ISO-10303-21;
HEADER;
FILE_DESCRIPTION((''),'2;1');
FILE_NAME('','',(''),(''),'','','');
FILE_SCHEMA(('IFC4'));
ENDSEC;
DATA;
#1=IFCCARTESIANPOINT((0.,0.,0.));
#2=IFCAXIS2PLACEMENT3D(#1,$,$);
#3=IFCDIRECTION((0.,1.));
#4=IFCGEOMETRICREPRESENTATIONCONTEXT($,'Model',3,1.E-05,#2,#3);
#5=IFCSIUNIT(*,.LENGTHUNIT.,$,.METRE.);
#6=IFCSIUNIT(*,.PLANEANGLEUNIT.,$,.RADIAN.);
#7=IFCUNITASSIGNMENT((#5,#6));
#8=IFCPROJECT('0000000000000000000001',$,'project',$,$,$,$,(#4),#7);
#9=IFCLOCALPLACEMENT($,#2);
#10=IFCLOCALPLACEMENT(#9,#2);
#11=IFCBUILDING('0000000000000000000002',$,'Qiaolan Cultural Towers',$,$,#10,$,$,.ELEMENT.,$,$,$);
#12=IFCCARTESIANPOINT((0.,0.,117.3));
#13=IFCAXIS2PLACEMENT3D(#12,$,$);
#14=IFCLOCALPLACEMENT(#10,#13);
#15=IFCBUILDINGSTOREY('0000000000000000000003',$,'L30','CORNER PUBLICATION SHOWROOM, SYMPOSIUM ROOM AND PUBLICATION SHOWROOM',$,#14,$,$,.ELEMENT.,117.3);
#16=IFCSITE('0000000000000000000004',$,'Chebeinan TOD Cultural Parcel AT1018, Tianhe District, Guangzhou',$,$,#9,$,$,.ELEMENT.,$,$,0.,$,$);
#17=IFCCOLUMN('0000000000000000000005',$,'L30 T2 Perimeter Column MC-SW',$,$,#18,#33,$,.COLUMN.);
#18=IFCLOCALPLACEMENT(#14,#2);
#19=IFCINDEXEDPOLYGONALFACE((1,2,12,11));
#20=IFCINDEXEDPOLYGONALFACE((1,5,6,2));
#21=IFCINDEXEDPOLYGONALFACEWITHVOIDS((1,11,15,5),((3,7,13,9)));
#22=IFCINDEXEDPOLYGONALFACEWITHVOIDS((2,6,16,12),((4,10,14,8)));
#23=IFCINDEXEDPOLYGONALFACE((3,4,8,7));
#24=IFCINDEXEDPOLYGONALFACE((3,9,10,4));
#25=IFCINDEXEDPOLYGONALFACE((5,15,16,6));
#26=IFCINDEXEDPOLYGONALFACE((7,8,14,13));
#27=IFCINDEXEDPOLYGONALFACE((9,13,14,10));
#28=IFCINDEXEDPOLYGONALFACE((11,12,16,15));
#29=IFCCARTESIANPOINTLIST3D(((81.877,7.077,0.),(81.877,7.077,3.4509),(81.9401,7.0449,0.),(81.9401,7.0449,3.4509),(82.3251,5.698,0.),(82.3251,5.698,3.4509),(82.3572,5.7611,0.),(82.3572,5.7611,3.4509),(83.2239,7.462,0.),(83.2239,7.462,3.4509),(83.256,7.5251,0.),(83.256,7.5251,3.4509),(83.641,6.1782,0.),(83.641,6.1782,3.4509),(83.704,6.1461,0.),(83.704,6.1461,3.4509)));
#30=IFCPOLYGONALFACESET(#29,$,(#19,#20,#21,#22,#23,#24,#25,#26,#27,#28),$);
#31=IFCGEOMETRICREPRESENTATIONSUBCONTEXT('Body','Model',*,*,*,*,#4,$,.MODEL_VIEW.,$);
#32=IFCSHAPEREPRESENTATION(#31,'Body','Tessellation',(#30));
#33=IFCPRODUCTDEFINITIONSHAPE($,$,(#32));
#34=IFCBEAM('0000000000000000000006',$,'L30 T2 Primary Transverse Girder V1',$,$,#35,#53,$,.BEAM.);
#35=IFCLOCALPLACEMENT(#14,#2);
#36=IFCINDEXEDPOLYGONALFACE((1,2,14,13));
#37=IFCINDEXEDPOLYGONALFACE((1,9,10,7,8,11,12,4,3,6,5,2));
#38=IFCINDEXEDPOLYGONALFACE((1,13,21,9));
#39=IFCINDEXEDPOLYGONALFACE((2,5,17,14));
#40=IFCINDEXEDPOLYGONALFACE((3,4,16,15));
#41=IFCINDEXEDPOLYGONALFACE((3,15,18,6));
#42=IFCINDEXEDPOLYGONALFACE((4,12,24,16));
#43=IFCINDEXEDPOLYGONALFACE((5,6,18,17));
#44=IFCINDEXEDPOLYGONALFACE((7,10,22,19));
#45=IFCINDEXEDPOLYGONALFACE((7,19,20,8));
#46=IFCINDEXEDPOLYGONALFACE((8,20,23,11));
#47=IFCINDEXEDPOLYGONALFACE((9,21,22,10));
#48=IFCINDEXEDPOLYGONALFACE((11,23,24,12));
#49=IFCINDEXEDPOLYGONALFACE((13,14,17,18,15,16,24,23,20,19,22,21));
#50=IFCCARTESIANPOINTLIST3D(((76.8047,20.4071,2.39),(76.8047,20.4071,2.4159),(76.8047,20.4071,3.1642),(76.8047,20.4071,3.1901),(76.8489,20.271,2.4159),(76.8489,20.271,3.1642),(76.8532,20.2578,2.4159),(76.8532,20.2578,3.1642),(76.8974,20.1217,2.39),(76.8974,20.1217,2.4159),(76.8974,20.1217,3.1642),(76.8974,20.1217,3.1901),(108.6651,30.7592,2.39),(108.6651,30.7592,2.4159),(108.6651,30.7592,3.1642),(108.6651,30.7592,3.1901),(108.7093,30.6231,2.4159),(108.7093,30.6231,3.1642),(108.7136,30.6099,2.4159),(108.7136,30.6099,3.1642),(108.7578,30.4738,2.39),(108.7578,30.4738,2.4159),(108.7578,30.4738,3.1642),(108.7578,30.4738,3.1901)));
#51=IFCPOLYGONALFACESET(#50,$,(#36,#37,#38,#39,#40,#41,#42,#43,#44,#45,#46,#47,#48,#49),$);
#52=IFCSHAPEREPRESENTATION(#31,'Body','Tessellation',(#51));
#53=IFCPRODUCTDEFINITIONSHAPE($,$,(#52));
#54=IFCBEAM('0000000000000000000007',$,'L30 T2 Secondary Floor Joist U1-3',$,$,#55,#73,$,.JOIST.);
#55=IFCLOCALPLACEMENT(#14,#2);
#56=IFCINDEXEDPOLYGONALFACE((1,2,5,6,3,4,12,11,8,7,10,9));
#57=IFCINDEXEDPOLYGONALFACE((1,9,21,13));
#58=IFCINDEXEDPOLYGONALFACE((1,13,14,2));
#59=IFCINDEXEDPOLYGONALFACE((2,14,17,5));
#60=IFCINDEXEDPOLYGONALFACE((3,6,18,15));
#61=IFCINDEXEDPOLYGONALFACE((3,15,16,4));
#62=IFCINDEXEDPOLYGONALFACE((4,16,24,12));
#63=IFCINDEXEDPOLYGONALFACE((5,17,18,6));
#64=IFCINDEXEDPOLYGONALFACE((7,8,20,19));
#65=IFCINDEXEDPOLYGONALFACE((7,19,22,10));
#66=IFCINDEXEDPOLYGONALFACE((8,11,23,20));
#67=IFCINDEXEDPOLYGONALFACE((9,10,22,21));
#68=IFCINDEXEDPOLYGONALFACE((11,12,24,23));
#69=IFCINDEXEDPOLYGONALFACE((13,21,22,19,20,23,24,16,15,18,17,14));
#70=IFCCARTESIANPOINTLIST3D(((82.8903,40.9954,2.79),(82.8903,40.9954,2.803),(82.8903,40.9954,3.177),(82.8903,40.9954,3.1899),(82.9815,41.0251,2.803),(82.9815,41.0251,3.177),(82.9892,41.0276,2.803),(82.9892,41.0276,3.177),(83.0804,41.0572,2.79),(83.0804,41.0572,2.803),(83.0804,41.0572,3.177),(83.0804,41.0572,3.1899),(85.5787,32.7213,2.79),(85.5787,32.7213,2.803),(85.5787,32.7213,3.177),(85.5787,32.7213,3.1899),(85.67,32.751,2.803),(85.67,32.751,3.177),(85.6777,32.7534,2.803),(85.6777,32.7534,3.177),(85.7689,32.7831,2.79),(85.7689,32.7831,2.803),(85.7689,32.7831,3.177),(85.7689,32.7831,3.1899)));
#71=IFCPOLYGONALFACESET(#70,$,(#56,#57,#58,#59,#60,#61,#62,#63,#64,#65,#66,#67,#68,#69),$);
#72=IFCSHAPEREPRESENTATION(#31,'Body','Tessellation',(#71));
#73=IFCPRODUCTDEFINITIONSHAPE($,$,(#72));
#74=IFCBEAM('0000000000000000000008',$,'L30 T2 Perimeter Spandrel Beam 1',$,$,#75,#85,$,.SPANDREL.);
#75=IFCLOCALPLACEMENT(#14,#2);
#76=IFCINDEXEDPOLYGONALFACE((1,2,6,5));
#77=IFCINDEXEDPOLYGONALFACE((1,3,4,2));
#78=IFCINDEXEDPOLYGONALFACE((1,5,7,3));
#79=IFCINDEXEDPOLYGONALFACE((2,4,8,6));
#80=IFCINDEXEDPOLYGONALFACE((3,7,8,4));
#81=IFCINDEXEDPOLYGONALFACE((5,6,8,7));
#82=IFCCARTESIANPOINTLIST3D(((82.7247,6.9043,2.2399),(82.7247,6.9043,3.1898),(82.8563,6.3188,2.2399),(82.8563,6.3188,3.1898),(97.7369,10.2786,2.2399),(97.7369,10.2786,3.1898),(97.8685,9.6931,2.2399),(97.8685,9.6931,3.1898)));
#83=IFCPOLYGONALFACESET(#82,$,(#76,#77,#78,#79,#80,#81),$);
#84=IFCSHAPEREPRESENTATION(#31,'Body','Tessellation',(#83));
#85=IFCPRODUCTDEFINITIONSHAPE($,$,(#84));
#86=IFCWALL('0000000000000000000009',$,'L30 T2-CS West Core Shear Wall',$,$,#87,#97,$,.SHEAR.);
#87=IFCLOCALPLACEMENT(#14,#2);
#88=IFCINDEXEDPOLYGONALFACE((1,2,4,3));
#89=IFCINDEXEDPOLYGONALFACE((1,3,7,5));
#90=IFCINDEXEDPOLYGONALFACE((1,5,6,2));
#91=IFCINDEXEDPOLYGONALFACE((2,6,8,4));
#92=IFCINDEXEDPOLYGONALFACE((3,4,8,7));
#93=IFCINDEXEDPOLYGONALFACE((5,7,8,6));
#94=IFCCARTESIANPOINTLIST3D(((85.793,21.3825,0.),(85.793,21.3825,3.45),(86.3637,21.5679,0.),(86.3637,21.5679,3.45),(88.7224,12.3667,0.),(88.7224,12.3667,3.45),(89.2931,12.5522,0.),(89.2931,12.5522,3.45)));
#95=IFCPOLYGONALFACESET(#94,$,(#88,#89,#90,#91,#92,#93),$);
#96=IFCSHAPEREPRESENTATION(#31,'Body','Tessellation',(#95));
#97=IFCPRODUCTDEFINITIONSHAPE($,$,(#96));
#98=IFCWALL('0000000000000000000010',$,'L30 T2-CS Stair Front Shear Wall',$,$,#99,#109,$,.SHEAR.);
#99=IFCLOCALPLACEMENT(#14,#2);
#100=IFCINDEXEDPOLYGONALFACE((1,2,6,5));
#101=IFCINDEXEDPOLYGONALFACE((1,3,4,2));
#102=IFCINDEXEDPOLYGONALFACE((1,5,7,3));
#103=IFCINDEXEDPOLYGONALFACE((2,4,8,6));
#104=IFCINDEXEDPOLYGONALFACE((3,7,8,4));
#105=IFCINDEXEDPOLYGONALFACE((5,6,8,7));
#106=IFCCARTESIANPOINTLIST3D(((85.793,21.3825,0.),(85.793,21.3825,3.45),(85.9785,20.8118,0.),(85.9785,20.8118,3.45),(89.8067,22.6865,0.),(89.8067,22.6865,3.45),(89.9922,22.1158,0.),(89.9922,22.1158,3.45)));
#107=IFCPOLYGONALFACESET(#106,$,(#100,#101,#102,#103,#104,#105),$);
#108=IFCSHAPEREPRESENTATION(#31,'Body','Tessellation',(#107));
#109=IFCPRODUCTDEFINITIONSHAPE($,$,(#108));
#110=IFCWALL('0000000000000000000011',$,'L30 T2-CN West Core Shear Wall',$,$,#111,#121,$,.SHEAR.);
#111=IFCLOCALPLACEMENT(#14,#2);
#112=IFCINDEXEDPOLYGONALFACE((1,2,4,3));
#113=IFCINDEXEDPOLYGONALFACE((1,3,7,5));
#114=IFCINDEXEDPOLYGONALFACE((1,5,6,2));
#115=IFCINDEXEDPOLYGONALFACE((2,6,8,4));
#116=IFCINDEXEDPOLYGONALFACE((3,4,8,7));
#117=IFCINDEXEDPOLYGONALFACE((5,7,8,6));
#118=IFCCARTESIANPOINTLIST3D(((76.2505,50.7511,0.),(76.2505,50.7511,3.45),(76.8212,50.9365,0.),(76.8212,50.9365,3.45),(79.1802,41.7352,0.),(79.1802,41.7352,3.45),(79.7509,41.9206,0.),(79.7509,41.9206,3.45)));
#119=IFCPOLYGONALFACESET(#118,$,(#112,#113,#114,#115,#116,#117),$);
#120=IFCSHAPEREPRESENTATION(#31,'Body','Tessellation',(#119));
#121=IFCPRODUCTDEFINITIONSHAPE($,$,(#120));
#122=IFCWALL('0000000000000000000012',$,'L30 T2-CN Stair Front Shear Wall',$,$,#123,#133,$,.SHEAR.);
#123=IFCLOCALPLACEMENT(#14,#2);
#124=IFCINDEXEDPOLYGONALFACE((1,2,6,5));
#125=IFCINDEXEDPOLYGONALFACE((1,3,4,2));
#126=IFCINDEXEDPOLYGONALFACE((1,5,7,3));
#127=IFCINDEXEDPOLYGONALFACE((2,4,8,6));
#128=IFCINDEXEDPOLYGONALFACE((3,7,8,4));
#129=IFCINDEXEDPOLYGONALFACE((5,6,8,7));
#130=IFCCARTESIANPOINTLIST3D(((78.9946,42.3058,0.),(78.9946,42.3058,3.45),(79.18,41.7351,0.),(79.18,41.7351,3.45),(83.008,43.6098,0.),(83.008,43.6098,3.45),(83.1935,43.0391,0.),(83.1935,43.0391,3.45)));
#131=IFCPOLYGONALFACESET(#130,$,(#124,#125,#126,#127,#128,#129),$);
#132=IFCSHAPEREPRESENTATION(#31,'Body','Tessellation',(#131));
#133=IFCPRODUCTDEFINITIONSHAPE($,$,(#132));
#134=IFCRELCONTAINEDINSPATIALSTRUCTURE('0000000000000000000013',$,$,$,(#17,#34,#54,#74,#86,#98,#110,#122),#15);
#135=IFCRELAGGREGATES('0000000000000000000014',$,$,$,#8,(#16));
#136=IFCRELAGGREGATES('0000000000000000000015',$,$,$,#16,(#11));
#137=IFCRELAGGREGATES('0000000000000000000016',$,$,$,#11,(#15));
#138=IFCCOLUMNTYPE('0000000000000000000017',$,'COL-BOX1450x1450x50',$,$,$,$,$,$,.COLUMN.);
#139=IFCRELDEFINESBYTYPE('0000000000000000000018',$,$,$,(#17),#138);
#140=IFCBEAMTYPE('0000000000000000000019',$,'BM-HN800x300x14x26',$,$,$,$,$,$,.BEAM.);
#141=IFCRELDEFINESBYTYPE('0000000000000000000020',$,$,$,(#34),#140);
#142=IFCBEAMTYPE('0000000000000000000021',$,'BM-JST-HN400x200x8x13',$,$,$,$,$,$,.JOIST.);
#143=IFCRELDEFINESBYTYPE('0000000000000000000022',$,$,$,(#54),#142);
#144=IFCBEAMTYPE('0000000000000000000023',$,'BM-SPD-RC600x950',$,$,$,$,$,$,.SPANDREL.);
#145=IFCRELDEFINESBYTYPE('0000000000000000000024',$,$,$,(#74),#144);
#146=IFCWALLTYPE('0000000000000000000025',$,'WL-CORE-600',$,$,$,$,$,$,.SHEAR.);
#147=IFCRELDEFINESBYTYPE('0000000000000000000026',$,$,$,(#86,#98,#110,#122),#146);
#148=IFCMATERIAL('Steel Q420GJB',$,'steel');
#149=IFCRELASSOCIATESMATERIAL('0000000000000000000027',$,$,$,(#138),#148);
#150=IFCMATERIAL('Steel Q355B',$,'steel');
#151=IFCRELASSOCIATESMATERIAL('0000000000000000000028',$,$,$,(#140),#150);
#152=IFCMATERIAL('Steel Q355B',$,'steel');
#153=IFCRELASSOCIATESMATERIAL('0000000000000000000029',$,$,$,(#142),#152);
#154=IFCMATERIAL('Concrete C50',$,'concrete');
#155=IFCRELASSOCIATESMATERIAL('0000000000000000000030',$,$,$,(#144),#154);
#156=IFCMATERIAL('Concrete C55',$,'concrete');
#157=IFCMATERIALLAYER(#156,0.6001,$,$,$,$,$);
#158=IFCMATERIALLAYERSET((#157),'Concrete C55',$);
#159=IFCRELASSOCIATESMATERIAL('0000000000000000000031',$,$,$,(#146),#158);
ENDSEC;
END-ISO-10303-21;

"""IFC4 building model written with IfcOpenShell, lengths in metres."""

from ifc_helpers import new_model, si_unit, direction, frame, frame_2d, origin, origin_2d, place, context, subcontext, project, spatial, rectangle, hollow_rectangle, i_section, extrude, material, layer, layer_set, material_profile, profile_set, type_object, element, save


model = new_model("IFC4")

# Units and contexts
model_context = context("Model", 3, precision=1e-05, world=origin(), true_north=direction((0.0, 1.0)))
body_context = subcontext(model_context, "Body", "Model", "MODEL_VIEW")
ifc_project = project(units=[si_unit("LENGTHUNIT", "METRE"), si_unit("PLANEANGLEUNIT", "RADIAN")], contexts=[model_context])

# Site, building, storey
site_placement = place(None, origin())
site = spatial("IfcSite", under=ifc_project, at=site_placement, Name="Chebeinan TOD Cultural Parcel AT1018, Tianhe District, Guangzhou", CompositionType="ELEMENT", RefElevation=0.0)
building_placement = place(site_placement, origin())
building = spatial("IfcBuilding", under=site, at=building_placement, Name="Qiaolan Cultural Towers", CompositionType="ELEMENT")
storey_placement = place(building_placement, frame((0.0, 0.0, 117.3)))
storey = spatial("IfcBuildingStorey", under=building, at=storey_placement, Name="L30", Description="CORNER PUBLICATION SHOWROOM, SYMPOSIUM ROOM AND PUBLICATION SHOWROOM", CompositionType="ELEMENT", Elevation=117.3)

# Column
ifc_material_1 = material(Name="Steel Q420GJB", Category="steel")
ifc_material_profile_1 = material_profile(ifc_material_1, hollow_rectangle(XDim=1.45, YDim=1.45, WallThickness=0.05, at=origin_2d()), Name="BOX1450x1450x50")
ifc_profile_set_1 = profile_set([ifc_material_profile_1], Name="Steel Q420GJB")
column_type = type_object("IfcColumnType", Name="COL-BOX1450x1450x50", PredefinedType="COLUMN", material=ifc_profile_set_1)
column_placement = place(storey_placement, frame((82.7905, 6.6116, 0.0), z_axis=(0.0, 0.0, 1.0), x_axis=(0.951057, 0.309017, 0.0)))
element("IfcColumn", 1, at=column_placement, inside=storey, type_object=column_type, Name="L30 T2 Perimeter Column MC-SW", PredefinedType="COLUMN", context=body_context, shape_type="SweptSolid", body=[
    extrude(hollow_rectangle(XDim=1.45, YDim=1.45, WallThickness=0.05, at=origin_2d()), origin(), (0.0, 0.0, 1.0), 3.4509),
])

# Beams
ifc_material_2 = material(Name="Steel Q355B", Category="steel")
ifc_material_profile_2 = material_profile(ifc_material_2, i_section(OverallWidth=0.3, OverallDepth=0.8, WebThickness=0.0139, FlangeThickness=0.0259, at=origin_2d()), Name="HN800x300x14x26")
ifc_profile_set_2 = profile_set([ifc_material_profile_2], Name="Steel Q355B")
beam_type_1 = type_object("IfcBeamType", Name="BM-HN800x300x14x26", PredefinedType="BEAM", material=ifc_profile_set_2)
beam_1_placement = place(storey_placement, frame((76.8511, 20.2644, 2.79), z_axis=(0.951057, 0.309017, 0.0), x_axis=(-0.309017, 0.951057, 0.0)))
element("IfcBeam", 2, at=beam_1_placement, inside=storey, type_object=beam_type_1, Name="L30 T2 Primary Transverse Girder V1", PredefinedType="BEAM", context=body_context, shape_type="SweptSolid", body=[
    extrude(i_section(OverallWidth=0.3, OverallDepth=0.8, WebThickness=0.0139, FlangeThickness=0.0259, at=origin_2d()), origin(), (0.0, 0.0, 1.0), 33.5),
])
ifc_material_3 = material(Name="Steel Q355B", Category="steel")
ifc_material_profile_3 = material_profile(ifc_material_3, i_section(OverallWidth=0.2, OverallDepth=0.3999, WebThickness=0.0081, FlangeThickness=0.0129, at=origin_2d()), Name="HN400x200x8x13")
ifc_profile_set_3 = profile_set([ifc_material_profile_3], Name="Steel Q355B")
beam_type_2 = type_object("IfcBeamType", Name="BM-JST-HN400x200x8x13", PredefinedType="JOIST", material=ifc_profile_set_3)
beam_2_placement = place(storey_placement, frame((85.6738, 32.7522, 2.99), z_axis=(-0.309021, 0.951055, 0.0), x_axis=(-0.951055, -0.309021, 0.0)))
element("IfcBeam", 3, at=beam_2_placement, inside=storey, type_object=beam_type_2, Name="L30 T2 Secondary Floor Joist U1-3", PredefinedType="JOIST", context=body_context, shape_type="SweptSolid", body=[
    extrude(i_section(OverallWidth=0.2, OverallDepth=0.3999, WebThickness=0.0081, FlangeThickness=0.0129, at=origin_2d()), origin(), (0.0, 0.0, 1.0), 8.7),
])
ifc_material_4 = material(Name="Concrete C50", Category="concrete")
ifc_material_profile_4 = material_profile(ifc_material_4, rectangle(XDim=0.6001, YDim=0.95, at=origin_2d()), Name="RC600x950")
ifc_profile_set_4 = profile_set([ifc_material_profile_4], Name="Concrete C50")
beam_type_3 = type_object("IfcBeamType", Name="BM-SPD-RC600x950", PredefinedType="SPANDREL", material=ifc_profile_set_4)
beam_3_placement = place(storey_placement, frame((82.7905, 6.6116, 2.7148), z_axis=(0.975658, 0.219297, 0.0), x_axis=(-0.219297, 0.975658, 0.0)))
element("IfcBeam", 4, at=beam_3_placement, inside=storey, type_object=beam_type_3, Name="L30 T2 Perimeter Spandrel Beam 1", PredefinedType="SPANDREL", context=body_context, shape_type="SweptSolid", body=[
    extrude(rectangle(XDim=0.6001, YDim=0.95, at=origin_2d()), origin(), (0.0, 0.0, 1.0), 15.3867),
])

# Walls
ifc_material_5 = material(Name="Concrete C55", Category="concrete")
ifc_layer_1 = layer(ifc_material_5, 0.6001)
ifc_layer_set_1 = layer_set([ifc_layer_1], Name="Concrete C55")
wall_type_1 = type_object("IfcWallType", Name="WL-CORE-600", PredefinedType="SHEAR", material=ifc_layer_set_1)
wall_1_placement = place(storey_placement, frame((86.0784, 21.4751, 0.0), z_axis=(0.0, 0.0, 1.0), x_axis=(0.309018, -0.951056, 0.0)))
element("IfcWall", 5, at=wall_1_placement, inside=storey, type_object=wall_type_1, Name="L30 T2-CS West Core Shear Wall", PredefinedType="SHEAR", context=body_context, shape_type="SweptSolid", body=[
    extrude(rectangle(XDim=9.4797, YDim=0.6001, at=frame_2d((4.7397, 0.0))), origin(), (0.0, 0.0, 1.0), 3.45),
])
wall_2_placement = place(storey_placement, frame((85.8857, 21.0972, 0.0), z_axis=(0.0, 0.0, 1.0), x_axis=(0.951068, 0.308981, 0.0)))
element("IfcWall", 6, at=wall_2_placement, inside=storey, type_object=wall_type_1, Name="L30 T2-CS Stair Front Shear Wall", PredefinedType="SHEAR", context=body_context, shape_type="SweptSolid", body=[
    extrude(rectangle(XDim=4.2202, YDim=0.6001, at=frame_2d((2.1101, 0.0))), origin(), (0.0, 0.0, 1.0), 3.45),
])
wall_3_placement = place(storey_placement, frame((79.4656, 41.8279, 0.0), z_axis=(0.0, 0.0, 1.0), x_axis=(-0.309041, 0.951049, 0.0)))
element("IfcWall", 7, at=wall_3_placement, inside=storey, type_object=wall_type_1, Name="L30 T2-CN West Core Shear Wall", PredefinedType="SHEAR", context=body_context, shape_type="SweptSolid", body=[
    extrude(rectangle(XDim=9.48, YDim=0.6001, at=frame_2d((4.74, 0.0))), origin(), (0.0, 0.0, 1.0), 3.45),
])
wall_4_placement = place(storey_placement, frame((79.0874, 42.0205, 0.0), z_axis=(0.0, 0.0, 1.0), x_axis=(0.951063, 0.308998, 0.0)))
element("IfcWall", 8, at=wall_4_placement, inside=storey, type_object=wall_type_1, Name="L30 T2-CN Stair Front Shear Wall", PredefinedType="SHEAR", context=body_context, shape_type="SweptSolid", body=[
    extrude(rectangle(XDim=4.22, YDim=0.6001, at=frame_2d((2.1099, 0.0))), origin(), (0.0, 0.0, 1.0), 3.45),
])

save(model, "model.ifc")
